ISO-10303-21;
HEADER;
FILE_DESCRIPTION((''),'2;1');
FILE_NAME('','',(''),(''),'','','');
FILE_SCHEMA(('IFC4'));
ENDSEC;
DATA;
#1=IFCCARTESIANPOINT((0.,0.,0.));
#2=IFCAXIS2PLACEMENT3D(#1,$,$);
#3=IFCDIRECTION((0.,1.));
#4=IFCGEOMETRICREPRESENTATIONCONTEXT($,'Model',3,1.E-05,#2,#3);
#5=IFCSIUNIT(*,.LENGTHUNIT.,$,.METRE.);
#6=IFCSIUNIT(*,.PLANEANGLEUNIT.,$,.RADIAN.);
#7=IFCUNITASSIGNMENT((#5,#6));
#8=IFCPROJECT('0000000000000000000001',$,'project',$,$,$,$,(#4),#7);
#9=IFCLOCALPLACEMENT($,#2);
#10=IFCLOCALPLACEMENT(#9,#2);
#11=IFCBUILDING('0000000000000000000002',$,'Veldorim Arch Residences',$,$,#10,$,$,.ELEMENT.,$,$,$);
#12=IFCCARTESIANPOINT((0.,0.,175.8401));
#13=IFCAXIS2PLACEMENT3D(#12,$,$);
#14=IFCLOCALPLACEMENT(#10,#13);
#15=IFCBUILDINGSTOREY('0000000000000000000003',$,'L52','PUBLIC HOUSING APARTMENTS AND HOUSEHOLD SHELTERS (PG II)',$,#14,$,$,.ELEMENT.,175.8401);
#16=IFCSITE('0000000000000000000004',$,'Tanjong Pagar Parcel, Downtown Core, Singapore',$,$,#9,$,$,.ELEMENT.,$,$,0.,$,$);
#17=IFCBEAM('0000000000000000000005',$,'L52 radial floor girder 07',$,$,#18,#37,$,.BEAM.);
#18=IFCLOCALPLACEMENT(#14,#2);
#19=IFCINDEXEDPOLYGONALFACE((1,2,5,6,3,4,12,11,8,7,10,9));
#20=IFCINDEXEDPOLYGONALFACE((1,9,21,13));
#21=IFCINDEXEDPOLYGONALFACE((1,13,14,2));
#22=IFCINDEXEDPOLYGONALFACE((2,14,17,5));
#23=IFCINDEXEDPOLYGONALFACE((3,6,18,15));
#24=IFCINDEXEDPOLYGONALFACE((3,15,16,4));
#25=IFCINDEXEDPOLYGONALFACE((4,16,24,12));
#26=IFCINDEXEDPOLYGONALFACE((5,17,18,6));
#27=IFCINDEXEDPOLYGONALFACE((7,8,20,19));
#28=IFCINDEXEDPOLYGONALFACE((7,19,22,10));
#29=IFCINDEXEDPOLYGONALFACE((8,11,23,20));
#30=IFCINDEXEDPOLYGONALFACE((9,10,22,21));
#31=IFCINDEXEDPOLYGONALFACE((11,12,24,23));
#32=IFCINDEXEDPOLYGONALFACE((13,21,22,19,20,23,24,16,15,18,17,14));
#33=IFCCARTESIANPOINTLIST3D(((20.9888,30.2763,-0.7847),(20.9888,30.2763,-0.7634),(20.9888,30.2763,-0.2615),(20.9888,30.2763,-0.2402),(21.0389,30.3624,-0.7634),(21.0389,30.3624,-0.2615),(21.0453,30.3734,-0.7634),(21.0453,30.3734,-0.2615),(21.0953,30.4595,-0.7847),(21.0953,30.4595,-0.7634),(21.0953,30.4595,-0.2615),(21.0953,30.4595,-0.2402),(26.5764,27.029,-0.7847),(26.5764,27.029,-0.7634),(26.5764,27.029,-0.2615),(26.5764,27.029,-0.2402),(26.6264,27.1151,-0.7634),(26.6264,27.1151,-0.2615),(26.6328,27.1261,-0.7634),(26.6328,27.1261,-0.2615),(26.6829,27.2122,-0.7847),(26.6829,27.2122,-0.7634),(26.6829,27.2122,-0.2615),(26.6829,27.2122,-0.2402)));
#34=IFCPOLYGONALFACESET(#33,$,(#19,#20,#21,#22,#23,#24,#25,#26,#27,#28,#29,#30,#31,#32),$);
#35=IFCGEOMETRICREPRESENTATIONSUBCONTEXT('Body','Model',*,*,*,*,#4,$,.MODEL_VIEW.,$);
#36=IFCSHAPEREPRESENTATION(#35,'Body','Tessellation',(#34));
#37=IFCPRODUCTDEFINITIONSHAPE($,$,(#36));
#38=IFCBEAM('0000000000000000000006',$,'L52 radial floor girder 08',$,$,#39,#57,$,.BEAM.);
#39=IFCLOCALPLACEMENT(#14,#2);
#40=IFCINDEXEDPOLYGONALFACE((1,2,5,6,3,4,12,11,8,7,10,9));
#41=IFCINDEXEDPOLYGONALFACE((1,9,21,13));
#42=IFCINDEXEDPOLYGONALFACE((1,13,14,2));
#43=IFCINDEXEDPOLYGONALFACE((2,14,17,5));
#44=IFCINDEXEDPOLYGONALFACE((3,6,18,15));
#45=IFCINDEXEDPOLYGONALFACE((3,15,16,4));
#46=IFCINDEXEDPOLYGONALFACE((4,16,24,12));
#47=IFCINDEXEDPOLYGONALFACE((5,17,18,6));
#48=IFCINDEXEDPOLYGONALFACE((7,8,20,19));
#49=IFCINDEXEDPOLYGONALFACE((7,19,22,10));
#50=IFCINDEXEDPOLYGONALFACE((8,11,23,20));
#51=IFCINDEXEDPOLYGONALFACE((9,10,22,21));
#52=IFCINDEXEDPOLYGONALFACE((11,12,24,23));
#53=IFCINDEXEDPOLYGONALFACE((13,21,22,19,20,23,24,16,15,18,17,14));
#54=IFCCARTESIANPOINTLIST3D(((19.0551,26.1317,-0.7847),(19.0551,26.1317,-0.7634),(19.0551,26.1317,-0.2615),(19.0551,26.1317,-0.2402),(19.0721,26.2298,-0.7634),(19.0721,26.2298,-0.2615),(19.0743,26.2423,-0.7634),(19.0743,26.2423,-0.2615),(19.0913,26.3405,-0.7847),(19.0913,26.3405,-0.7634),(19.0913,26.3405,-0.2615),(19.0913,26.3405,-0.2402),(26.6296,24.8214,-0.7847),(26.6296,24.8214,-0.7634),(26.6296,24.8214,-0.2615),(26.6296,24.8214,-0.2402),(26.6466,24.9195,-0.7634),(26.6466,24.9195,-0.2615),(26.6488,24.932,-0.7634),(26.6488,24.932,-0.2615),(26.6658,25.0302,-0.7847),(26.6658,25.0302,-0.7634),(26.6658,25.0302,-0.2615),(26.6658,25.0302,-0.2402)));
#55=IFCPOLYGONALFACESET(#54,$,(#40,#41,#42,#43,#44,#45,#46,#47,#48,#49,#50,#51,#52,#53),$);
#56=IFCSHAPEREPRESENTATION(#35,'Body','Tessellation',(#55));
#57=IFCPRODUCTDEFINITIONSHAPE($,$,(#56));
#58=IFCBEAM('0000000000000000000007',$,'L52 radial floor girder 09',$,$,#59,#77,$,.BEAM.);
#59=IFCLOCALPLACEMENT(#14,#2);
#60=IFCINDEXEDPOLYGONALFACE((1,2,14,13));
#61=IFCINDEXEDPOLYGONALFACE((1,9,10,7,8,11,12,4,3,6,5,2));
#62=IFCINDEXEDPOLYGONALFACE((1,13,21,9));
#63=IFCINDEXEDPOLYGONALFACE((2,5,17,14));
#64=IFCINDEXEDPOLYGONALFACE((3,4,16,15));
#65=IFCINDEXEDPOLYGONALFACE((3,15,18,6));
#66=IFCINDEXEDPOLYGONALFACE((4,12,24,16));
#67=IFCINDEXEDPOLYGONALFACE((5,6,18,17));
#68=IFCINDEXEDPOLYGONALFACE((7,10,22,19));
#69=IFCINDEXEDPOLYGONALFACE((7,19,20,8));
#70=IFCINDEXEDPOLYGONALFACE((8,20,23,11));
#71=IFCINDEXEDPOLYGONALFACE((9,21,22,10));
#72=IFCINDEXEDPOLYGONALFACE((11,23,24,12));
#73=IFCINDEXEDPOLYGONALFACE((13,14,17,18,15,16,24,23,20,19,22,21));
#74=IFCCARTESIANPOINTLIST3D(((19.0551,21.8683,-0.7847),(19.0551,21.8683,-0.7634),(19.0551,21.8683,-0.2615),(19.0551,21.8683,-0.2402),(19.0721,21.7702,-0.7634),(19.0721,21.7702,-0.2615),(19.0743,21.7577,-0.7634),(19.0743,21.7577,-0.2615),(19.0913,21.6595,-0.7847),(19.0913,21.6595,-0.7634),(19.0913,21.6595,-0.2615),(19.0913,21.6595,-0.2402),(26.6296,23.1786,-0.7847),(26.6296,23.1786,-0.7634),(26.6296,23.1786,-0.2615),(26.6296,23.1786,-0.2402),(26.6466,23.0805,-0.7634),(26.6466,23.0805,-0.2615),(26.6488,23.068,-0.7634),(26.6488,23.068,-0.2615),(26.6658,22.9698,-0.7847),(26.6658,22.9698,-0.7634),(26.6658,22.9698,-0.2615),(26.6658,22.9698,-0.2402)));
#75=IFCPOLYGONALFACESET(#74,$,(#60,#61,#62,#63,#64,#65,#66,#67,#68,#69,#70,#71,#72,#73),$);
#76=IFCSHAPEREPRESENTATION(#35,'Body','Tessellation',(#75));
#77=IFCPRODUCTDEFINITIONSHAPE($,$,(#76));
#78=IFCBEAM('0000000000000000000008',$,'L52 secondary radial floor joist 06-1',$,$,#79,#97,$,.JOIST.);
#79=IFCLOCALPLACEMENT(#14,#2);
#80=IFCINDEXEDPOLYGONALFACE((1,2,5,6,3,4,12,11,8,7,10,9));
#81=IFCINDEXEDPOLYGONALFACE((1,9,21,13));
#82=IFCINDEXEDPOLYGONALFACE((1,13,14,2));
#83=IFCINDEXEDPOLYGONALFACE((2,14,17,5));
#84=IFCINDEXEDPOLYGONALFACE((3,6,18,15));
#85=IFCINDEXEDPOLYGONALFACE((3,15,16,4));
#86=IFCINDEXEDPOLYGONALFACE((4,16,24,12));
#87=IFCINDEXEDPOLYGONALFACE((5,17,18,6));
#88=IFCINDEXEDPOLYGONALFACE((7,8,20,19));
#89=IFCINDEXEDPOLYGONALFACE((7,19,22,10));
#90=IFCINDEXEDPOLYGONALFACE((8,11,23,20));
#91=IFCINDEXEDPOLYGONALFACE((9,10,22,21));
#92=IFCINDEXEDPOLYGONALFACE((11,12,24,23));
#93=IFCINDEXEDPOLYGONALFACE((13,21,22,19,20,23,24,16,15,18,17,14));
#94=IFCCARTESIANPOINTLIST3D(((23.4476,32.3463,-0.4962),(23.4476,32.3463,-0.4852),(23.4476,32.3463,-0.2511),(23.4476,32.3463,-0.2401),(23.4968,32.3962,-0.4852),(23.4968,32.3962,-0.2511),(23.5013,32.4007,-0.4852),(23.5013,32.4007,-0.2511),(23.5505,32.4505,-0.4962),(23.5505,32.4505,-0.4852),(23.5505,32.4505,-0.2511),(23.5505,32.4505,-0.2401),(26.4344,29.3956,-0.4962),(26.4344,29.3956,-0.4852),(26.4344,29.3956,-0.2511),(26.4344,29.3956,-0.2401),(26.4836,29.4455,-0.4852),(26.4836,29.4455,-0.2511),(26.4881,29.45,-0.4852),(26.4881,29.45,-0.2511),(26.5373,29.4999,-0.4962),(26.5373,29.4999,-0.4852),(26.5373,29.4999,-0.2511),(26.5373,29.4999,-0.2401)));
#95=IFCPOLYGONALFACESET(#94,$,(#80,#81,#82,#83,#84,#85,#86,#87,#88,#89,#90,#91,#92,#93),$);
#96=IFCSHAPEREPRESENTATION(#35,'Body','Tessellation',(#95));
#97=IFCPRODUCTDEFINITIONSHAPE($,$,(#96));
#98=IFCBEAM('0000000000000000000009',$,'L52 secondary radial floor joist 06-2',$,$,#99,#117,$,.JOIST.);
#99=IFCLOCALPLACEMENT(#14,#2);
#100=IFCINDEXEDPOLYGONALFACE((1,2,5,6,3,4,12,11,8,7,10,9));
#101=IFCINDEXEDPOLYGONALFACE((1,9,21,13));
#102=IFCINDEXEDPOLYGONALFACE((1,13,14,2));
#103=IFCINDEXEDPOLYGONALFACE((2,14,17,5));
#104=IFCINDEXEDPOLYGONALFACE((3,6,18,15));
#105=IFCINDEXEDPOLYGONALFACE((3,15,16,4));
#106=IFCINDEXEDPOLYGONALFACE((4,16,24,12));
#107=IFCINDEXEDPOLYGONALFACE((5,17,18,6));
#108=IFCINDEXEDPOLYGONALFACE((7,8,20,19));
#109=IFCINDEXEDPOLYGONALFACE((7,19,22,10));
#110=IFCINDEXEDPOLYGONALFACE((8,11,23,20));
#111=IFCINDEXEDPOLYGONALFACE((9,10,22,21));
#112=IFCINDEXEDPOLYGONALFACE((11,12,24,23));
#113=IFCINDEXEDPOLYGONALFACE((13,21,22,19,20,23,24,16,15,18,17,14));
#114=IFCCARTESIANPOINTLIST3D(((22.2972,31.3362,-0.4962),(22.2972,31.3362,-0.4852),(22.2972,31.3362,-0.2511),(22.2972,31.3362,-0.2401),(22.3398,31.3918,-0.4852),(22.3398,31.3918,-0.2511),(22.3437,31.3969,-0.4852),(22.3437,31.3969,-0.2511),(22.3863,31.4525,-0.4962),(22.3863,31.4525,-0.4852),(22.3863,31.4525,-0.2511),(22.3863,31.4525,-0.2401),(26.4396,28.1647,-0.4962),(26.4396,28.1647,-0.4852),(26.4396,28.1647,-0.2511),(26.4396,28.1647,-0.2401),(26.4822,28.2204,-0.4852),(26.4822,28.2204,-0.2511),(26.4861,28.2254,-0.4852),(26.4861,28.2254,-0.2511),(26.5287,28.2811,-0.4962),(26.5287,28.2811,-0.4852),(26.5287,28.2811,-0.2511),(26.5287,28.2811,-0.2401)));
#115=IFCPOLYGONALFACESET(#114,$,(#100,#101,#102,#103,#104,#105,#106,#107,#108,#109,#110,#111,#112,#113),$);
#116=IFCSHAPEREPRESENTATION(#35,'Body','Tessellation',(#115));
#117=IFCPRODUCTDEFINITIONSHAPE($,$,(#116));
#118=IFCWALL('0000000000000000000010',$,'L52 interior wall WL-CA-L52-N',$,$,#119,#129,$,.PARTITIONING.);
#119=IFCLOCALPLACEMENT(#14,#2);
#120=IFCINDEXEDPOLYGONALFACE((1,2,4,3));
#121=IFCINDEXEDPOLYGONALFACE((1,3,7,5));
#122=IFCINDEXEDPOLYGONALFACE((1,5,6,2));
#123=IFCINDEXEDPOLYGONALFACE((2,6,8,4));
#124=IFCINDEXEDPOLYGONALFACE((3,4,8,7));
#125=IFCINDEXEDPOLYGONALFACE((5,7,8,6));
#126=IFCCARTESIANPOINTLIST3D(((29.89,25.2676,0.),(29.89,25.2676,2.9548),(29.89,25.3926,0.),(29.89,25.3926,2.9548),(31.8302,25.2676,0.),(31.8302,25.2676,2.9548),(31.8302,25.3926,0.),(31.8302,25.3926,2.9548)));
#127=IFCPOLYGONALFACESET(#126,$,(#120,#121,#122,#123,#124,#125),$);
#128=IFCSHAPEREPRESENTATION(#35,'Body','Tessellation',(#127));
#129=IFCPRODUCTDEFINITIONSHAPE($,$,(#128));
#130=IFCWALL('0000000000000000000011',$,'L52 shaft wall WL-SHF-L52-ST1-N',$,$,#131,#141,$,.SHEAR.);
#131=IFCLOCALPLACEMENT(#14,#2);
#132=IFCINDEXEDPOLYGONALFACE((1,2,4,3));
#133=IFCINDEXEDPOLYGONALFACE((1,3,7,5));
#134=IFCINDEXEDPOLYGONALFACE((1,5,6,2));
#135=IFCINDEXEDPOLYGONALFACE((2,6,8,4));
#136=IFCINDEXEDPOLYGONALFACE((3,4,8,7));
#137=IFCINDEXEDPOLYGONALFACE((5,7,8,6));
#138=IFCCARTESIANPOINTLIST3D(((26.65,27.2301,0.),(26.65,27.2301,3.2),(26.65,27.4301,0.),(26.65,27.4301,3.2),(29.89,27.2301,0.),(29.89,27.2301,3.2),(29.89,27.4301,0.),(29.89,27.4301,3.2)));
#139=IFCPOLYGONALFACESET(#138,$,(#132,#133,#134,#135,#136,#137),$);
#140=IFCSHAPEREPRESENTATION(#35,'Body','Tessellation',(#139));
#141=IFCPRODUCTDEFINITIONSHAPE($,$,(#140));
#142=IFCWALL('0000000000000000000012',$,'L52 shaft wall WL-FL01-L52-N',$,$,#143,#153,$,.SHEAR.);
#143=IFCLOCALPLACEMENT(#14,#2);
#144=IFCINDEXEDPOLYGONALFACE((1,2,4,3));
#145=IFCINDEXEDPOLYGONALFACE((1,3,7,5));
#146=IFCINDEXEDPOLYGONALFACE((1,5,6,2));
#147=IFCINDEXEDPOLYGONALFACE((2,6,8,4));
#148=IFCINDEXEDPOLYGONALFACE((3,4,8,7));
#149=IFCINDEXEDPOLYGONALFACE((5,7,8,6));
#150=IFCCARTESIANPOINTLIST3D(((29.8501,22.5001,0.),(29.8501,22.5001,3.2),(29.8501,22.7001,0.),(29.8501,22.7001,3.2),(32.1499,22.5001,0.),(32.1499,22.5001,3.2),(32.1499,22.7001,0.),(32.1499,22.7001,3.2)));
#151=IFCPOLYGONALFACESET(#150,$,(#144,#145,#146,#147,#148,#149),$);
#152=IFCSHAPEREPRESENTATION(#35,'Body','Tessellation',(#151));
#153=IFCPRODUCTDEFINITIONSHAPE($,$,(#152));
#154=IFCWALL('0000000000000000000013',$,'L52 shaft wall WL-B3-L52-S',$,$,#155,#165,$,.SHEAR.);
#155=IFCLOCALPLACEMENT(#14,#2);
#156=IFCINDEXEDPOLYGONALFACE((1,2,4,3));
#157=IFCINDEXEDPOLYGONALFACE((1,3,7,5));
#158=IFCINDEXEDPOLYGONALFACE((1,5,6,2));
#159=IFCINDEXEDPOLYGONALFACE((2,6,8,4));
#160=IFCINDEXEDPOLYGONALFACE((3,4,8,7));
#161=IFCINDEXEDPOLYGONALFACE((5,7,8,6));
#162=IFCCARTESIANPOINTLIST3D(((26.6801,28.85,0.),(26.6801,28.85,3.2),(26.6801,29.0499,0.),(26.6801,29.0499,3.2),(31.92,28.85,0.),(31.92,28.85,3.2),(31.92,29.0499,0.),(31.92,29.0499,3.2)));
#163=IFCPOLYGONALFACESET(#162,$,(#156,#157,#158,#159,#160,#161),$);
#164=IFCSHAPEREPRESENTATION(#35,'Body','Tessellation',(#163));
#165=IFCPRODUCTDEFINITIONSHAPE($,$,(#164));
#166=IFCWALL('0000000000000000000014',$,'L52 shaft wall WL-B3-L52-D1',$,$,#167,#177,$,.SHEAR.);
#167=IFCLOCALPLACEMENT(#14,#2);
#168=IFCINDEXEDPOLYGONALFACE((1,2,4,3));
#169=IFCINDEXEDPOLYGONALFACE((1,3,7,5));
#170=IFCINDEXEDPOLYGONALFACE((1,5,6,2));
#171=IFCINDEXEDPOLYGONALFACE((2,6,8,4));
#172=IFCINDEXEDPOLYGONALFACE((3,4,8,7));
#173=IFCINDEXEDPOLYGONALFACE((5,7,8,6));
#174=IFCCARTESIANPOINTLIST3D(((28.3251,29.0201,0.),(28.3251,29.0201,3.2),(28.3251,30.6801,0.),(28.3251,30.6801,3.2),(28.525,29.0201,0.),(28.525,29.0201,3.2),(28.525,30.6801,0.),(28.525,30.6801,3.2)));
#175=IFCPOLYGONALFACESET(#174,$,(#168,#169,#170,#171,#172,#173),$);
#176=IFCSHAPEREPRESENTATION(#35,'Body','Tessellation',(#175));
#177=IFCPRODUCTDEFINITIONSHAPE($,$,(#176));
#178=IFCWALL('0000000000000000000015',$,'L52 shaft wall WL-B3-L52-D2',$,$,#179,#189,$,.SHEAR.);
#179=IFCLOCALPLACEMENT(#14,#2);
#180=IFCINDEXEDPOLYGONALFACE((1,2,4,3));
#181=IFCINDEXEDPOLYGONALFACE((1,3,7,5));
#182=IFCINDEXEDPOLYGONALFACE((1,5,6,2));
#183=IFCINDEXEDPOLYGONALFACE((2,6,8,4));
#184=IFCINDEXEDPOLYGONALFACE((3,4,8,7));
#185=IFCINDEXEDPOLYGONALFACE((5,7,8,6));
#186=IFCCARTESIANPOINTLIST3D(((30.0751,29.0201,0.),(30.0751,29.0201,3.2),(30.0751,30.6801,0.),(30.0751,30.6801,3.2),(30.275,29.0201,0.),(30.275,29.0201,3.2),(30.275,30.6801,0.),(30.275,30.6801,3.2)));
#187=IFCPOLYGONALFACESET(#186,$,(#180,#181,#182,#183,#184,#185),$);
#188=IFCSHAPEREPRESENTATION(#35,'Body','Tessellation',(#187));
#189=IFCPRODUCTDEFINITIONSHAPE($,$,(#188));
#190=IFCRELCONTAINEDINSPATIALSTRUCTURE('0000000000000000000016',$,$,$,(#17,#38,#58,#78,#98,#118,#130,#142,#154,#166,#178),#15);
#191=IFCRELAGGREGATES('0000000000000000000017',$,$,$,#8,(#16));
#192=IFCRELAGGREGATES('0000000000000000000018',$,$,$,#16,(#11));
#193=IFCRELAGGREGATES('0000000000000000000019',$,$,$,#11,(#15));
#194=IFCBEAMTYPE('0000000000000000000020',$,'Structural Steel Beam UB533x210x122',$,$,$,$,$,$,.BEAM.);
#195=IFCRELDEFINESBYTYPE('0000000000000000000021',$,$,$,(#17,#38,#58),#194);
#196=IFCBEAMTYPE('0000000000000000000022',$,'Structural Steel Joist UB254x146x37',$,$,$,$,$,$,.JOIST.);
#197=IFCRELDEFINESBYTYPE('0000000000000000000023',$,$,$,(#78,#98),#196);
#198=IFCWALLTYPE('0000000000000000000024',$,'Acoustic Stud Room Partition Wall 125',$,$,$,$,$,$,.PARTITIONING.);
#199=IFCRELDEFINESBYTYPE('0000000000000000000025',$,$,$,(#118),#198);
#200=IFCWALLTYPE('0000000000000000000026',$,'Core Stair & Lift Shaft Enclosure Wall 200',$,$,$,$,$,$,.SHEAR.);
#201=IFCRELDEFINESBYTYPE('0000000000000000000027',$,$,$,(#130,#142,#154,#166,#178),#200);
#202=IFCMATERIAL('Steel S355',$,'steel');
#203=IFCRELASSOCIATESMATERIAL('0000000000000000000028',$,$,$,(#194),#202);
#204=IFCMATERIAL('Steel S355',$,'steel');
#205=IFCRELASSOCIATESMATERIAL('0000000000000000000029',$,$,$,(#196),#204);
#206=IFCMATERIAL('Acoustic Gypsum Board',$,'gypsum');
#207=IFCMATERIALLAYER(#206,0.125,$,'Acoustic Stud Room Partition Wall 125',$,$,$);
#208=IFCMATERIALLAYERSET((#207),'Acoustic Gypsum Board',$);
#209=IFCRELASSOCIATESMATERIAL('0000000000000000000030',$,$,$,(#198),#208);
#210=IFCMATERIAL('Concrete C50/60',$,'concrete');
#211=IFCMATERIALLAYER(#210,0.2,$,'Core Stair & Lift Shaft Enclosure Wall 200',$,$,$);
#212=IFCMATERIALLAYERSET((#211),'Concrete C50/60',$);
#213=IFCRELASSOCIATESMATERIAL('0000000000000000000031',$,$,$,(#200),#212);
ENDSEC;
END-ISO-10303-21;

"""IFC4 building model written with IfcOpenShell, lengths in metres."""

from ifc_helpers import new_model, si_unit, direction, frame, frame_2d, origin, origin_2d, place, context, subcontext, project, spatial, rectangle, i_section, extrude, material, layer, layer_set, material_profile, profile_set, type_object, element, save


model = new_model("IFC4")

# Units and contexts
model_context = context("Model", 3, precision=1e-05, world=origin(), true_north=direction((0.0, 1.0)))
body_context = subcontext(model_context, "Body", "Model", "MODEL_VIEW")
ifc_project = project(units=[si_unit("LENGTHUNIT", "METRE"), si_unit("PLANEANGLEUNIT", "RADIAN")], contexts=[model_context])

# Site, building, storey
site_placement = place(None, origin())
site = spatial("IfcSite", under=ifc_project, at=site_placement, Name="Tanjong Pagar Parcel, Downtown Core, Singapore", CompositionType="ELEMENT", RefElevation=0.0)
building_placement = place(site_placement, origin())
building = spatial("IfcBuilding", under=site, at=building_placement, Name="Veldorim Arch Residences", CompositionType="ELEMENT")
storey_placement = place(building_placement, frame((0.0, 0.0, 175.8401)))
storey = spatial("IfcBuildingStorey", under=building, at=storey_placement, Name="L52", Description="PUBLIC HOUSING APARTMENTS AND HOUSEHOLD SHELTERS (PG II)", CompositionType="ELEMENT", Elevation=175.8401)

# Beams
ifc_material_1 = material(Name="Steel S355", Category="steel")
ifc_material_profile_1 = material_profile(ifc_material_1, i_section(OverallWidth=0.2119, OverallDepth=0.5444, WebThickness=0.0127, FlangeThickness=0.0212, at=origin_2d()), Name="UB533x210x122")
ifc_profile_set_1 = profile_set([ifc_material_profile_1], Name="Steel S355")
beam_type_1 = type_object("IfcBeamType", Name="Structural Steel Beam UB533x210x122", PredefinedType="BEAM", material=ifc_profile_set_1)
beam_1_placement = place(storey_placement, frame((26.6296, 27.1206, -0.5125), z_axis=(-0.864596, 0.502468, 0.0), x_axis=(-0.502468, -0.864596, 0.0)))
element("IfcBeam", 1, at=beam_1_placement, inside=storey, type_object=beam_type_1, Name="L52 radial floor girder 07", PredefinedType="BEAM", context=body_context, shape_type="SweptSolid", body=[
    extrude(i_section(OverallWidth=0.2119, OverallDepth=0.5444, WebThickness=0.0127, FlangeThickness=0.0212, at=origin_2d()), origin(), (0.0, 0.0, 1.0), 6.4626),
])
for number, where, z_axis, x_axis, name in (
    (2, (26.6477, 24.9258, -0.5125), (-0.985365, 0.170458, 0.0), (-0.170458, -0.985365, 0.0), "L52 radial floor girder 08"),
    (3, (26.6477, 23.0742, -0.5125), (-0.985365, -0.170458, 0.0), (0.170458, -0.985365, 0.0), "L52 radial floor girder 09"),
):
    element("IfcBeam", number, at=place(storey_placement, frame(where, z_axis=z_axis, x_axis=x_axis)), inside=storey, type_object=beam_type_1, Name=name, PredefinedType="BEAM", context=body_context, shape_type="SweptSolid", body=[
        extrude(i_section(OverallWidth=0.2119, OverallDepth=0.5444, WebThickness=0.0127, FlangeThickness=0.0212, at=origin_2d()), origin(), (0.0, 0.0, 1.0), 7.687),
    ])
ifc_material_2 = material(Name="Steel S355", Category="steel")
ifc_material_profile_2 = material_profile(ifc_material_2, i_section(OverallWidth=0.1465, OverallDepth=0.2561, WebThickness=0.0063, FlangeThickness=0.011, at=origin_2d()), Name="UB254x146x37")
ifc_profile_set_2 = profile_set([ifc_material_profile_2], Name="Steel S355")
beam_type_2 = type_object("IfcBeamType", Name="Structural Steel Joist UB254x146x37", PredefinedType="JOIST", material=ifc_profile_set_2)
beam_2_placement = place(storey_placement, frame((26.4858, 29.4478, -0.3682), z_axis=(-0.711397, 0.702791, 0.0), x_axis=(-0.702791, -0.711397, 0.0)))
element("IfcBeam", 4, at=beam_2_placement, inside=storey, type_object=beam_type_2, Name="L52 secondary radial floor joist 06-1", PredefinedType="JOIST", context=body_context, shape_type="SweptSolid", body=[
    extrude(i_section(OverallWidth=0.1465, OverallDepth=0.2561, WebThickness=0.0063, FlangeThickness=0.011, at=origin_2d()), origin(), (0.0, 0.0, 1.0), 4.1985),
])
beam_3_placement = place(storey_placement, frame((26.4841, 28.2229, -0.3682), z_axis=(-0.794014, 0.6079, 0.0), x_axis=(-0.6079, -0.794014, 0.0)))
element("IfcBeam", 5, at=beam_3_placement, inside=storey, type_object=beam_type_2, Name="L52 secondary radial floor joist 06-2", PredefinedType="JOIST", context=body_context, shape_type="SweptSolid", body=[
    extrude(i_section(OverallWidth=0.1465, OverallDepth=0.2561, WebThickness=0.0063, FlangeThickness=0.011, at=origin_2d()), origin(), (0.0, 0.0, 1.0), 5.217),
])

# Walls
ifc_material_3 = material(Name="Acoustic Gypsum Board", Category="gypsum")
ifc_layer_1 = layer(ifc_material_3, 0.125, Name="Acoustic Stud Room Partition Wall 125")
ifc_layer_set_1 = layer_set([ifc_layer_1], Name="Acoustic Gypsum Board")
wall_type_1 = type_object("IfcWallType", Name="Acoustic Stud Room Partition Wall 125", PredefinedType="PARTITIONING", material=ifc_layer_set_1)
wall_1_placement = place(storey_placement, frame((29.8899, 25.3301, 0.0), z_axis=(0.0, 0.0, 1.0), x_axis=(1.0, 0.0, 0.0)))
element("IfcWall", 6, at=wall_1_placement, inside=storey, type_object=wall_type_1, Name="L52 interior wall WL-CA-L52-N", PredefinedType="PARTITIONING", context=body_context, shape_type="SweptSolid", body=[
    extrude(rectangle(XDim=1.9402, YDim=0.125, at=frame_2d((0.9702, 0.0))), origin(), (0.0, 0.0, 1.0), 2.9548),
])
ifc_material_4 = material(Name="Concrete C50/60", Category="concrete")
ifc_layer_2 = layer(ifc_material_4, 0.2, Name="Core Stair & Lift Shaft Enclosure Wall 200")
ifc_layer_set_2 = layer_set([ifc_layer_2], Name="Concrete C50/60")
wall_type_2 = type_object("IfcWallType", Name="Core Stair & Lift Shaft Enclosure Wall 200", PredefinedType="SHEAR", material=ifc_layer_set_2)
wall_2_placement = place(storey_placement, frame((26.6499, 27.3301, 0.0), z_axis=(0.0, 0.0, 1.0), x_axis=(1.0, 0.0, 0.0)))
element("IfcWall", 7, at=wall_2_placement, inside=storey, type_object=wall_type_2, Name="L52 shaft wall WL-SHF-L52-ST1-N", PredefinedType="SHEAR", context=body_context, shape_type="SweptSolid", body=[
    extrude(rectangle(XDim=3.24, YDim=0.2, at=frame_2d((1.6201, 0.0))), origin(), (0.0, 0.0, 1.0), 3.2),
])
wall_3_placement = place(storey_placement, frame((29.8501, 22.6001, 0.0), z_axis=(0.0, 0.0, 1.0), x_axis=(1.0, 0.0, 0.0)))
element("IfcWall", 8, at=wall_3_placement, inside=storey, type_object=wall_type_2, Name="L52 shaft wall WL-FL01-L52-N", PredefinedType="SHEAR", context=body_context, shape_type="SweptSolid", body=[
    extrude(rectangle(XDim=2.2998, YDim=0.2, at=frame_2d((1.1499, 0.0))), origin(), (0.0, 0.0, 1.0), 3.2),
])
wall_4_placement = place(storey_placement, frame((26.6799, 28.95, 0.0), z_axis=(0.0, 0.0, 1.0), x_axis=(1.0, 0.0, 0.0)))
element("IfcWall", 9, at=wall_4_placement, inside=storey, type_object=wall_type_2, Name="L52 shaft wall WL-B3-L52-S", PredefinedType="SHEAR", context=body_context, shape_type="SweptSolid", body=[
    extrude(rectangle(XDim=5.24, YDim=0.2, at=frame_2d((2.6201, 0.0))), origin(), (0.0, 0.0, 1.0), 3.2),
])
for number, where, z_axis, x_axis, name in (
    (10, (28.425, 29.02, 0.0), (0.0, 0.0, 1.0), (0.0, 1.0, 0.0), "L52 shaft wall WL-B3-L52-D1"),
    (11, (30.175, 29.02, 0.0), (0.0, 0.0, 1.0), (0.0, 1.0, 0.0), "L52 shaft wall WL-B3-L52-D2"),
):
    element("IfcWall", number, at=place(storey_placement, frame(where, z_axis=z_axis, x_axis=x_axis)), inside=storey, type_object=wall_type_2, Name=name, PredefinedType="SHEAR", context=body_context, shape_type="SweptSolid", body=[
        extrude(rectangle(XDim=1.6599, YDim=0.2, at=frame_2d((0.8301, 0.0))), origin(), (0.0, 0.0, 1.0), 3.2),
    ])

save(model, "model.ifc")
